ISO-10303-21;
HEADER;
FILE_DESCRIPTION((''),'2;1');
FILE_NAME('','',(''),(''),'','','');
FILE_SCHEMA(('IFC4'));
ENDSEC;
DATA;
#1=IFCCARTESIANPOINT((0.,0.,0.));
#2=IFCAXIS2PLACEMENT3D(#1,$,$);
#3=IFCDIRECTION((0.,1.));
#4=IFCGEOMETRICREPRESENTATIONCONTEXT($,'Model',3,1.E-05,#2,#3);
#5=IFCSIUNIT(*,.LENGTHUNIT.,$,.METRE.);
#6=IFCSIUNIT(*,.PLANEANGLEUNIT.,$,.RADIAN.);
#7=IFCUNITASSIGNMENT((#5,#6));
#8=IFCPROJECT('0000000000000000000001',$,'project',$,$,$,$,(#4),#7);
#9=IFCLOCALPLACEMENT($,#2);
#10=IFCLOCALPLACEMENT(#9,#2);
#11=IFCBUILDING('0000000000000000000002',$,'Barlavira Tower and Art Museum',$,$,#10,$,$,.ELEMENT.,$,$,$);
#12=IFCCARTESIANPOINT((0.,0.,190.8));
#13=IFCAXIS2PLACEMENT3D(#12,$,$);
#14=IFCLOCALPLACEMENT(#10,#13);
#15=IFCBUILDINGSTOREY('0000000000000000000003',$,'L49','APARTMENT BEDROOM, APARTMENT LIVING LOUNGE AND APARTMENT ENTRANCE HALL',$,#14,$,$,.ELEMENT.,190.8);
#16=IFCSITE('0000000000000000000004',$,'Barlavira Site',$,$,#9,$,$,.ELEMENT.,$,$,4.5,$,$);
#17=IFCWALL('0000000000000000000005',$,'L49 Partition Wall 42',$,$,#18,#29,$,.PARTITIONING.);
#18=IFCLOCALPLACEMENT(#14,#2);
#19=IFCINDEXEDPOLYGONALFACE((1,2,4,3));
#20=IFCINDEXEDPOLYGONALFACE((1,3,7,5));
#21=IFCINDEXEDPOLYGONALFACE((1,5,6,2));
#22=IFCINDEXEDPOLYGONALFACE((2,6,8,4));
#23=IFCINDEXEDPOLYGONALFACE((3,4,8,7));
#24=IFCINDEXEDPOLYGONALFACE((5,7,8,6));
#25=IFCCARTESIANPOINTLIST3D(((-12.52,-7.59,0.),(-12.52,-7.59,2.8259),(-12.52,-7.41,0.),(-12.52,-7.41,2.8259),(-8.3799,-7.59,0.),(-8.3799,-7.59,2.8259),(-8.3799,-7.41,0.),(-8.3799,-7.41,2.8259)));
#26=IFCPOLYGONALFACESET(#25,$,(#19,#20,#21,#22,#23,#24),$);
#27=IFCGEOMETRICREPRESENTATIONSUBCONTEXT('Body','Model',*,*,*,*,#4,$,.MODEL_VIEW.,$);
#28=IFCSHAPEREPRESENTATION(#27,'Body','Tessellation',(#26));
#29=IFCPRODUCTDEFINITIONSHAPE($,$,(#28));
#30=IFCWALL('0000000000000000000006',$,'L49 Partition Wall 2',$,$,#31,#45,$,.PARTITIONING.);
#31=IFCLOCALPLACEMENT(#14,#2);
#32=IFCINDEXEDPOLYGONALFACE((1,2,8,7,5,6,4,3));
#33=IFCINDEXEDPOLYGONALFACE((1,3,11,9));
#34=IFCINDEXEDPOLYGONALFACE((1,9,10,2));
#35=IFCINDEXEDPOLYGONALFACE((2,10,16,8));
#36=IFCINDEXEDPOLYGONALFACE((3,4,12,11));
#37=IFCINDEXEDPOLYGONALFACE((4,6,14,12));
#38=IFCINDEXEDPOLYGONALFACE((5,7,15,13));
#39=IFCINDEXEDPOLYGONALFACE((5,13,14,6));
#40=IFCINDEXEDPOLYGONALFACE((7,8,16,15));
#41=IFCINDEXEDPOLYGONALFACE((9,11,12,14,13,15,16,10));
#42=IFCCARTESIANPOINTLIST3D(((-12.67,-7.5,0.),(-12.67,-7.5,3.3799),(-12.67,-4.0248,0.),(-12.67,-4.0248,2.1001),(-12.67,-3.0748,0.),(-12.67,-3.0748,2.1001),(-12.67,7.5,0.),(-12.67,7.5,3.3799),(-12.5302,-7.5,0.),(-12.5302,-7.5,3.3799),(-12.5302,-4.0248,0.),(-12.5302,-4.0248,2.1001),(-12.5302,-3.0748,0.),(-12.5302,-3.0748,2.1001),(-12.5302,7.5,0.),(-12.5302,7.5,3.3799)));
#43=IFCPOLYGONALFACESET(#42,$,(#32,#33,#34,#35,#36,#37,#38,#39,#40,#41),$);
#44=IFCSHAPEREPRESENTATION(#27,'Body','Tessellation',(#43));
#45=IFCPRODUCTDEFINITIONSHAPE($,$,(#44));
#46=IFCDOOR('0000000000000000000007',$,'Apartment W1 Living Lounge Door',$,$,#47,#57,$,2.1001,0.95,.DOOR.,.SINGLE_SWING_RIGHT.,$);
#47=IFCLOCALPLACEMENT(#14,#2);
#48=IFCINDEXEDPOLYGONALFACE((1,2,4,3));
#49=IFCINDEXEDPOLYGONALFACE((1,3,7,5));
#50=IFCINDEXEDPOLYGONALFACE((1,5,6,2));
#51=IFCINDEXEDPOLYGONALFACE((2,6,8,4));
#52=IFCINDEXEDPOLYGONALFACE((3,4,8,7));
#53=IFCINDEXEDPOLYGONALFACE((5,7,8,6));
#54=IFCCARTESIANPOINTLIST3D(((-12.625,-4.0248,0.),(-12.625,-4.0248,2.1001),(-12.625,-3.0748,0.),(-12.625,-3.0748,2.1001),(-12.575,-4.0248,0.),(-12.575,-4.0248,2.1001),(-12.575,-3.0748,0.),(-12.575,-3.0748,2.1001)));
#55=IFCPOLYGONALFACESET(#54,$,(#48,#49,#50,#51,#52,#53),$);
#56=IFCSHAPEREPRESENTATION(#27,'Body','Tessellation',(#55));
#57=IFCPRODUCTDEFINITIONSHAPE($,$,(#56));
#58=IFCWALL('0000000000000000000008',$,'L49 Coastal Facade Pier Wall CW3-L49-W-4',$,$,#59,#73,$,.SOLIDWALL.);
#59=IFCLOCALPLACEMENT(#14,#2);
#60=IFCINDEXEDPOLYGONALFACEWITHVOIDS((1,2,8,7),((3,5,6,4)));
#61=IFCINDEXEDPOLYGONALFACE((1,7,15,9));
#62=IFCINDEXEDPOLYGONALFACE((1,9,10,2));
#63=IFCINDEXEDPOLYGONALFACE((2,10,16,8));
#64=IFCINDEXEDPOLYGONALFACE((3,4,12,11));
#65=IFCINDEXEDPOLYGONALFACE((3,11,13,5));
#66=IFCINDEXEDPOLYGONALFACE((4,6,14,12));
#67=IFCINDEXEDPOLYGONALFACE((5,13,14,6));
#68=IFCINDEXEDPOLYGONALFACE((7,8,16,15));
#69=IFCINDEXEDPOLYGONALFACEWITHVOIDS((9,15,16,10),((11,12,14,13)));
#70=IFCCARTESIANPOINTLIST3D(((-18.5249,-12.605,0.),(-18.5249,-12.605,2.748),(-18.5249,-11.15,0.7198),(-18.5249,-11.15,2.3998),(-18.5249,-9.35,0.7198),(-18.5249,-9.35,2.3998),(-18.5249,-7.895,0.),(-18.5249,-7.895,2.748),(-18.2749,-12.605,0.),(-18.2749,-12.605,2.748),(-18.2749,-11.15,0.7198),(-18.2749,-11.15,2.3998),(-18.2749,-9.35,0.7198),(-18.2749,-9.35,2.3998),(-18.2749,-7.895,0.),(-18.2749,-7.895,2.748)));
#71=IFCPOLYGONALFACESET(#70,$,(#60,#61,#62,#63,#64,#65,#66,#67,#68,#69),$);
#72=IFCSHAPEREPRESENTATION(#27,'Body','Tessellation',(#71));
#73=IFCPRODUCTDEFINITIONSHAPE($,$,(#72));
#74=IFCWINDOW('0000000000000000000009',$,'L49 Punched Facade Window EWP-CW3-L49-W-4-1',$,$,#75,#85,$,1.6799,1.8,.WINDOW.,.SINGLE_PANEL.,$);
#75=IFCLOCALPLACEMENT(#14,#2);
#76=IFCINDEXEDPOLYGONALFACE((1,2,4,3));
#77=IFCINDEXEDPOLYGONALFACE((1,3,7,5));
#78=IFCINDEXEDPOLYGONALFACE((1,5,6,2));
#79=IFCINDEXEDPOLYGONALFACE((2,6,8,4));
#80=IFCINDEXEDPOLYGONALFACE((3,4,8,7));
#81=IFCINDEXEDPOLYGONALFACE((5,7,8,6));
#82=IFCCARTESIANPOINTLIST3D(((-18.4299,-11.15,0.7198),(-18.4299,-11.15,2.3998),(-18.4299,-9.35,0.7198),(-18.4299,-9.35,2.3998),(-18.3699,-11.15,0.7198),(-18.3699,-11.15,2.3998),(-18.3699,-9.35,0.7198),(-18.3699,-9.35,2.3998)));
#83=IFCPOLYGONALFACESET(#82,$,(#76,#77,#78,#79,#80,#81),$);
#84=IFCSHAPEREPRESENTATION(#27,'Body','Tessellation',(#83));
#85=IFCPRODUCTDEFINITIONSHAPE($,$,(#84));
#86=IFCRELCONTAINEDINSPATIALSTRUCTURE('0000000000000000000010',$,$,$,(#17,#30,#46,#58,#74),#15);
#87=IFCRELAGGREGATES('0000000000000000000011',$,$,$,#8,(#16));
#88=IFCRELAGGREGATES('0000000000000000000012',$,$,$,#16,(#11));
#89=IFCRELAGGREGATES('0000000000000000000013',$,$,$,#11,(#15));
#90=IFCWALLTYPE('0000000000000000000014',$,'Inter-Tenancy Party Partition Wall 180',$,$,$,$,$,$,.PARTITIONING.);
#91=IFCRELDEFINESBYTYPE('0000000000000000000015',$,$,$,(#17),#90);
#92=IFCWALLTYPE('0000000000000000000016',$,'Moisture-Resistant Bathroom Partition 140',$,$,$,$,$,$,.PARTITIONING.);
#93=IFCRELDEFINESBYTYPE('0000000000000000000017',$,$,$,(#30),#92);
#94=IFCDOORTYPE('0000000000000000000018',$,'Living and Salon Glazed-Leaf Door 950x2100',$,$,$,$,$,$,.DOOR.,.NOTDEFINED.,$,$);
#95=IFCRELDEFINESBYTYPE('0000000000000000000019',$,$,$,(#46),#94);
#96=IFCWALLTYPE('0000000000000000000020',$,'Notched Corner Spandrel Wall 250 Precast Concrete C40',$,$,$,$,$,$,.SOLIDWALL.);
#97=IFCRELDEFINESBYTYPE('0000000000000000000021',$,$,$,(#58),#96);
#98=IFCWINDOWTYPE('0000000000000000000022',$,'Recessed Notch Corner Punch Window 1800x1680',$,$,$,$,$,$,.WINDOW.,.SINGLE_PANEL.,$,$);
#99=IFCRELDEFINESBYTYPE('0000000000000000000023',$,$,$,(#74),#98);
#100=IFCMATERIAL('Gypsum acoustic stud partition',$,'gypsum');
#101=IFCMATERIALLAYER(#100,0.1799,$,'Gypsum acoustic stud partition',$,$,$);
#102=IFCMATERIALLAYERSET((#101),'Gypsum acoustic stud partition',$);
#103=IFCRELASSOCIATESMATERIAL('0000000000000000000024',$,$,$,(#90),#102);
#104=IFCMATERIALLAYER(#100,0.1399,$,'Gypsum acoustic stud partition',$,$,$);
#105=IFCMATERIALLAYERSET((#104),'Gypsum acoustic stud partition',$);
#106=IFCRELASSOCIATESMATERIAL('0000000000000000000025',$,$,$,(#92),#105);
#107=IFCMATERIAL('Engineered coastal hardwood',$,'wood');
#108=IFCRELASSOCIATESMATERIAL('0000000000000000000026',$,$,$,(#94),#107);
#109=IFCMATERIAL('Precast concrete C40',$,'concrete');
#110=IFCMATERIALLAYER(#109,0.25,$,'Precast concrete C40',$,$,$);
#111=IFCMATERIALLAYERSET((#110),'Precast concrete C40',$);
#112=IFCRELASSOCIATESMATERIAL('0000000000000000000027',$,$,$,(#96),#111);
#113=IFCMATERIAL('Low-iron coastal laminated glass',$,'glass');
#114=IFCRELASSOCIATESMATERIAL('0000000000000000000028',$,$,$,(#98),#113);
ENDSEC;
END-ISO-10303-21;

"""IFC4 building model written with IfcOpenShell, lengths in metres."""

from ifc_helpers import new_model, si_unit, direction, frame, frame_2d, origin, place, context, subcontext, project, spatial, rectangle, extrude, material, layer, layer_set, type_object, element, fill, save


model = new_model("IFC4")

# Units and contexts
model_context = context("Model", 3, precision=1e-05, world=origin(), true_north=direction((0.0, 1.0)))
body_context = subcontext(model_context, "Body", "Model", "MODEL_VIEW")
ifc_project = project(units=[si_unit("LENGTHUNIT", "METRE"), si_unit("PLANEANGLEUNIT", "RADIAN")], contexts=[model_context])

# Site, building, storey
site_placement = place(None, origin())
site = spatial("IfcSite", under=ifc_project, at=site_placement, Name="Barlavira Site", CompositionType="ELEMENT", RefElevation=4.5)
building_placement = place(site_placement, origin())
building = spatial("IfcBuilding", under=site, at=building_placement, Name="Barlavira Tower and Art Museum", CompositionType="ELEMENT")
storey_placement = place(building_placement, frame((0.0, 0.0, 190.8)))
storey = spatial("IfcBuildingStorey", under=building, at=storey_placement, Name="L49", Description="APARTMENT BEDROOM, APARTMENT LIVING LOUNGE AND APARTMENT ENTRANCE HALL", CompositionType="ELEMENT", Elevation=190.8)

# Shared definitions
ifc_material_1 = material(Name="Low-iron coastal laminated glass", Category="glass")

# Shared definitions
ifc_material_2 = material(Name="Gypsum acoustic stud partition", Category="gypsum")
ifc_material_3 = material(Name="Engineered coastal hardwood", Category="wood")

# Wall
ifc_layer_1 = layer(ifc_material_2, 0.1799, Name="Gypsum acoustic stud partition")
ifc_layer_set_1 = layer_set([ifc_layer_1], Name="Gypsum acoustic stud partition")
wall_type_1 = type_object("IfcWallType", Name="Inter-Tenancy Party Partition Wall 180", PredefinedType="PARTITIONING", material=ifc_layer_set_1)
wall_1_placement = place(storey_placement, frame((-12.52, -7.5, 0.0), z_axis=(0.0, 0.0, 1.0), x_axis=(1.0, 0.0, 0.0)))
element("IfcWall", 1, at=wall_1_placement, inside=storey, type_object=wall_type_1, Name="L49 Partition Wall 42", PredefinedType="PARTITIONING", context=body_context, shape_type="SweptSolid", body=[
    extrude(rectangle(XDim=4.1401, YDim=0.1799, at=frame_2d((2.0701, 0.0))), origin(), (0.0, 0.0, 1.0), 2.8259),
])

# Wall, opening, door
ifc_layer_2 = layer(ifc_material_2, 0.1399, Name="Gypsum acoustic stud partition")
ifc_layer_set_2 = layer_set([ifc_layer_2], Name="Gypsum acoustic stud partition")
wall_type_2 = type_object("IfcWallType", Name="Moisture-Resistant Bathroom Partition 140", PredefinedType="PARTITIONING", material=ifc_layer_set_2)
wall_2_placement = place(storey_placement, frame((-12.6001, -7.5, 0.0), z_axis=(0.0, 0.0, 1.0), x_axis=(0.0, 1.0, 0.0)))
wall_2 = element("IfcWall", 2, at=wall_2_placement, inside=storey, type_object=wall_type_2, Name="L49 Partition Wall 2", PredefinedType="PARTITIONING", context=body_context, shape_type="SweptSolid", body=[
    extrude(rectangle(XDim=15.0, YDim=0.1399, at=frame_2d((7.5, 0.0))), origin(), (0.0, 0.0, 1.0), 3.3799),
])
opening_1_placement = place(wall_2_placement, frame((3.4751, 0.0, 0.0)))
opening_1 = element("IfcOpeningElement", 3, at=opening_1_placement, cuts=wall_2, PredefinedType="OPENING", context=body_context, shape_type="SweptSolid", body=[
    extrude(rectangle(XDim=0.95, YDim=2.1001, at=frame_2d((0.4751, 1.05))), frame((0.0, 0.0801, 0.0), z_axis=(0.0, -1.0, 0.0), x_axis=(1.0, 0.0, 0.0)), (0.0, 0.0, 1.0), 0.1599),
])
door_type_1 = type_object("IfcDoorType", Name="Living and Salon Glazed-Leaf Door 950x2100", OperationType="NOTDEFINED", PredefinedType="DOOR", material=ifc_material_3)
door_1_placement = place(opening_1_placement, origin())
door_1 = element("IfcDoor", 4, at=door_1_placement, inside=storey, type_object=door_type_1, Name="Apartment W1 Living Lounge Door", OperationType="SINGLE_SWING_RIGHT", OverallHeight=2.1001, OverallWidth=0.95, PredefinedType="DOOR", context=body_context, shape_type="SweptSolid", body=[
    extrude(rectangle(XDim=0.95, YDim=2.1001, at=frame_2d((0.4751, 1.05))), frame((0.0, 0.0249, 0.0), z_axis=(0.0, -1.0, 0.0), x_axis=(1.0, 0.0, 0.0)), (0.0, 0.0, 1.0), 0.05),
])
fill(opening_1, door_1)

# Wall, opening, window
ifc_material_4 = material(Name="Precast concrete C40", Category="concrete")
ifc_layer_3 = layer(ifc_material_4, 0.25, Name="Precast concrete C40")
ifc_layer_set_3 = layer_set([ifc_layer_3], Name="Precast concrete C40")
wall_type_3 = type_object("IfcWallType", Name="Notched Corner Spandrel Wall 250 Precast Concrete C40", PredefinedType="SOLIDWALL", material=ifc_layer_set_3)
wall_3_placement = place(storey_placement, frame((-18.3999, -7.895, 0.0), z_axis=(0.0, 0.0, 1.0), x_axis=(0.0, -1.0, 0.0)))
wall_3 = element("IfcWall", 5, at=wall_3_placement, inside=storey, type_object=wall_type_3, Name="L49 Coastal Facade Pier Wall CW3-L49-W-4", PredefinedType="SOLIDWALL", context=body_context, shape_type="SweptSolid", body=[
    extrude(rectangle(XDim=4.71, YDim=0.25, at=frame_2d((2.355, 0.0))), origin(), (0.0, 0.0, 1.0), 2.748),
])
opening_2_placement = place(wall_3_placement, frame((1.4551, 0.0, 0.72)))
opening_2 = element("IfcOpeningElement", 6, at=opening_2_placement, cuts=wall_3, PredefinedType="OPENING", context=body_context, shape_type="SweptSolid", body=[
    extrude(rectangle(XDim=1.8, YDim=1.6799, at=frame_2d((0.8999, 0.8398))), frame((0.0, 0.135, 0.0), z_axis=(0.0, -1.0, 0.0), x_axis=(1.0, 0.0, 0.0)), (0.0, 0.0, 1.0), 0.27),
])
window_type = type_object("IfcWindowType", Name="Recessed Notch Corner Punch Window 1800x1680", PartitioningType="SINGLE_PANEL", PredefinedType="WINDOW", material=ifc_material_1)
window_placement = place(opening_2_placement, origin())
window = element("IfcWindow", 7, at=window_placement, inside=storey, type_object=window_type, Name="L49 Punched Facade Window EWP-CW3-L49-W-4-1", OverallHeight=1.6799, OverallWidth=1.8, PartitioningType="SINGLE_PANEL", PredefinedType="WINDOW", context=body_context, shape_type="SweptSolid", body=[
    extrude(rectangle(XDim=1.8, YDim=1.6799, at=frame_2d((0.8999, 0.8398))), frame((0.0, 0.03, 0.0), z_axis=(0.0, -1.0, 0.0), x_axis=(1.0, 0.0, 0.0)), (0.0, 0.0, 1.0), 0.0601),
])
fill(opening_2, window)

save(model, "model.ifc")
